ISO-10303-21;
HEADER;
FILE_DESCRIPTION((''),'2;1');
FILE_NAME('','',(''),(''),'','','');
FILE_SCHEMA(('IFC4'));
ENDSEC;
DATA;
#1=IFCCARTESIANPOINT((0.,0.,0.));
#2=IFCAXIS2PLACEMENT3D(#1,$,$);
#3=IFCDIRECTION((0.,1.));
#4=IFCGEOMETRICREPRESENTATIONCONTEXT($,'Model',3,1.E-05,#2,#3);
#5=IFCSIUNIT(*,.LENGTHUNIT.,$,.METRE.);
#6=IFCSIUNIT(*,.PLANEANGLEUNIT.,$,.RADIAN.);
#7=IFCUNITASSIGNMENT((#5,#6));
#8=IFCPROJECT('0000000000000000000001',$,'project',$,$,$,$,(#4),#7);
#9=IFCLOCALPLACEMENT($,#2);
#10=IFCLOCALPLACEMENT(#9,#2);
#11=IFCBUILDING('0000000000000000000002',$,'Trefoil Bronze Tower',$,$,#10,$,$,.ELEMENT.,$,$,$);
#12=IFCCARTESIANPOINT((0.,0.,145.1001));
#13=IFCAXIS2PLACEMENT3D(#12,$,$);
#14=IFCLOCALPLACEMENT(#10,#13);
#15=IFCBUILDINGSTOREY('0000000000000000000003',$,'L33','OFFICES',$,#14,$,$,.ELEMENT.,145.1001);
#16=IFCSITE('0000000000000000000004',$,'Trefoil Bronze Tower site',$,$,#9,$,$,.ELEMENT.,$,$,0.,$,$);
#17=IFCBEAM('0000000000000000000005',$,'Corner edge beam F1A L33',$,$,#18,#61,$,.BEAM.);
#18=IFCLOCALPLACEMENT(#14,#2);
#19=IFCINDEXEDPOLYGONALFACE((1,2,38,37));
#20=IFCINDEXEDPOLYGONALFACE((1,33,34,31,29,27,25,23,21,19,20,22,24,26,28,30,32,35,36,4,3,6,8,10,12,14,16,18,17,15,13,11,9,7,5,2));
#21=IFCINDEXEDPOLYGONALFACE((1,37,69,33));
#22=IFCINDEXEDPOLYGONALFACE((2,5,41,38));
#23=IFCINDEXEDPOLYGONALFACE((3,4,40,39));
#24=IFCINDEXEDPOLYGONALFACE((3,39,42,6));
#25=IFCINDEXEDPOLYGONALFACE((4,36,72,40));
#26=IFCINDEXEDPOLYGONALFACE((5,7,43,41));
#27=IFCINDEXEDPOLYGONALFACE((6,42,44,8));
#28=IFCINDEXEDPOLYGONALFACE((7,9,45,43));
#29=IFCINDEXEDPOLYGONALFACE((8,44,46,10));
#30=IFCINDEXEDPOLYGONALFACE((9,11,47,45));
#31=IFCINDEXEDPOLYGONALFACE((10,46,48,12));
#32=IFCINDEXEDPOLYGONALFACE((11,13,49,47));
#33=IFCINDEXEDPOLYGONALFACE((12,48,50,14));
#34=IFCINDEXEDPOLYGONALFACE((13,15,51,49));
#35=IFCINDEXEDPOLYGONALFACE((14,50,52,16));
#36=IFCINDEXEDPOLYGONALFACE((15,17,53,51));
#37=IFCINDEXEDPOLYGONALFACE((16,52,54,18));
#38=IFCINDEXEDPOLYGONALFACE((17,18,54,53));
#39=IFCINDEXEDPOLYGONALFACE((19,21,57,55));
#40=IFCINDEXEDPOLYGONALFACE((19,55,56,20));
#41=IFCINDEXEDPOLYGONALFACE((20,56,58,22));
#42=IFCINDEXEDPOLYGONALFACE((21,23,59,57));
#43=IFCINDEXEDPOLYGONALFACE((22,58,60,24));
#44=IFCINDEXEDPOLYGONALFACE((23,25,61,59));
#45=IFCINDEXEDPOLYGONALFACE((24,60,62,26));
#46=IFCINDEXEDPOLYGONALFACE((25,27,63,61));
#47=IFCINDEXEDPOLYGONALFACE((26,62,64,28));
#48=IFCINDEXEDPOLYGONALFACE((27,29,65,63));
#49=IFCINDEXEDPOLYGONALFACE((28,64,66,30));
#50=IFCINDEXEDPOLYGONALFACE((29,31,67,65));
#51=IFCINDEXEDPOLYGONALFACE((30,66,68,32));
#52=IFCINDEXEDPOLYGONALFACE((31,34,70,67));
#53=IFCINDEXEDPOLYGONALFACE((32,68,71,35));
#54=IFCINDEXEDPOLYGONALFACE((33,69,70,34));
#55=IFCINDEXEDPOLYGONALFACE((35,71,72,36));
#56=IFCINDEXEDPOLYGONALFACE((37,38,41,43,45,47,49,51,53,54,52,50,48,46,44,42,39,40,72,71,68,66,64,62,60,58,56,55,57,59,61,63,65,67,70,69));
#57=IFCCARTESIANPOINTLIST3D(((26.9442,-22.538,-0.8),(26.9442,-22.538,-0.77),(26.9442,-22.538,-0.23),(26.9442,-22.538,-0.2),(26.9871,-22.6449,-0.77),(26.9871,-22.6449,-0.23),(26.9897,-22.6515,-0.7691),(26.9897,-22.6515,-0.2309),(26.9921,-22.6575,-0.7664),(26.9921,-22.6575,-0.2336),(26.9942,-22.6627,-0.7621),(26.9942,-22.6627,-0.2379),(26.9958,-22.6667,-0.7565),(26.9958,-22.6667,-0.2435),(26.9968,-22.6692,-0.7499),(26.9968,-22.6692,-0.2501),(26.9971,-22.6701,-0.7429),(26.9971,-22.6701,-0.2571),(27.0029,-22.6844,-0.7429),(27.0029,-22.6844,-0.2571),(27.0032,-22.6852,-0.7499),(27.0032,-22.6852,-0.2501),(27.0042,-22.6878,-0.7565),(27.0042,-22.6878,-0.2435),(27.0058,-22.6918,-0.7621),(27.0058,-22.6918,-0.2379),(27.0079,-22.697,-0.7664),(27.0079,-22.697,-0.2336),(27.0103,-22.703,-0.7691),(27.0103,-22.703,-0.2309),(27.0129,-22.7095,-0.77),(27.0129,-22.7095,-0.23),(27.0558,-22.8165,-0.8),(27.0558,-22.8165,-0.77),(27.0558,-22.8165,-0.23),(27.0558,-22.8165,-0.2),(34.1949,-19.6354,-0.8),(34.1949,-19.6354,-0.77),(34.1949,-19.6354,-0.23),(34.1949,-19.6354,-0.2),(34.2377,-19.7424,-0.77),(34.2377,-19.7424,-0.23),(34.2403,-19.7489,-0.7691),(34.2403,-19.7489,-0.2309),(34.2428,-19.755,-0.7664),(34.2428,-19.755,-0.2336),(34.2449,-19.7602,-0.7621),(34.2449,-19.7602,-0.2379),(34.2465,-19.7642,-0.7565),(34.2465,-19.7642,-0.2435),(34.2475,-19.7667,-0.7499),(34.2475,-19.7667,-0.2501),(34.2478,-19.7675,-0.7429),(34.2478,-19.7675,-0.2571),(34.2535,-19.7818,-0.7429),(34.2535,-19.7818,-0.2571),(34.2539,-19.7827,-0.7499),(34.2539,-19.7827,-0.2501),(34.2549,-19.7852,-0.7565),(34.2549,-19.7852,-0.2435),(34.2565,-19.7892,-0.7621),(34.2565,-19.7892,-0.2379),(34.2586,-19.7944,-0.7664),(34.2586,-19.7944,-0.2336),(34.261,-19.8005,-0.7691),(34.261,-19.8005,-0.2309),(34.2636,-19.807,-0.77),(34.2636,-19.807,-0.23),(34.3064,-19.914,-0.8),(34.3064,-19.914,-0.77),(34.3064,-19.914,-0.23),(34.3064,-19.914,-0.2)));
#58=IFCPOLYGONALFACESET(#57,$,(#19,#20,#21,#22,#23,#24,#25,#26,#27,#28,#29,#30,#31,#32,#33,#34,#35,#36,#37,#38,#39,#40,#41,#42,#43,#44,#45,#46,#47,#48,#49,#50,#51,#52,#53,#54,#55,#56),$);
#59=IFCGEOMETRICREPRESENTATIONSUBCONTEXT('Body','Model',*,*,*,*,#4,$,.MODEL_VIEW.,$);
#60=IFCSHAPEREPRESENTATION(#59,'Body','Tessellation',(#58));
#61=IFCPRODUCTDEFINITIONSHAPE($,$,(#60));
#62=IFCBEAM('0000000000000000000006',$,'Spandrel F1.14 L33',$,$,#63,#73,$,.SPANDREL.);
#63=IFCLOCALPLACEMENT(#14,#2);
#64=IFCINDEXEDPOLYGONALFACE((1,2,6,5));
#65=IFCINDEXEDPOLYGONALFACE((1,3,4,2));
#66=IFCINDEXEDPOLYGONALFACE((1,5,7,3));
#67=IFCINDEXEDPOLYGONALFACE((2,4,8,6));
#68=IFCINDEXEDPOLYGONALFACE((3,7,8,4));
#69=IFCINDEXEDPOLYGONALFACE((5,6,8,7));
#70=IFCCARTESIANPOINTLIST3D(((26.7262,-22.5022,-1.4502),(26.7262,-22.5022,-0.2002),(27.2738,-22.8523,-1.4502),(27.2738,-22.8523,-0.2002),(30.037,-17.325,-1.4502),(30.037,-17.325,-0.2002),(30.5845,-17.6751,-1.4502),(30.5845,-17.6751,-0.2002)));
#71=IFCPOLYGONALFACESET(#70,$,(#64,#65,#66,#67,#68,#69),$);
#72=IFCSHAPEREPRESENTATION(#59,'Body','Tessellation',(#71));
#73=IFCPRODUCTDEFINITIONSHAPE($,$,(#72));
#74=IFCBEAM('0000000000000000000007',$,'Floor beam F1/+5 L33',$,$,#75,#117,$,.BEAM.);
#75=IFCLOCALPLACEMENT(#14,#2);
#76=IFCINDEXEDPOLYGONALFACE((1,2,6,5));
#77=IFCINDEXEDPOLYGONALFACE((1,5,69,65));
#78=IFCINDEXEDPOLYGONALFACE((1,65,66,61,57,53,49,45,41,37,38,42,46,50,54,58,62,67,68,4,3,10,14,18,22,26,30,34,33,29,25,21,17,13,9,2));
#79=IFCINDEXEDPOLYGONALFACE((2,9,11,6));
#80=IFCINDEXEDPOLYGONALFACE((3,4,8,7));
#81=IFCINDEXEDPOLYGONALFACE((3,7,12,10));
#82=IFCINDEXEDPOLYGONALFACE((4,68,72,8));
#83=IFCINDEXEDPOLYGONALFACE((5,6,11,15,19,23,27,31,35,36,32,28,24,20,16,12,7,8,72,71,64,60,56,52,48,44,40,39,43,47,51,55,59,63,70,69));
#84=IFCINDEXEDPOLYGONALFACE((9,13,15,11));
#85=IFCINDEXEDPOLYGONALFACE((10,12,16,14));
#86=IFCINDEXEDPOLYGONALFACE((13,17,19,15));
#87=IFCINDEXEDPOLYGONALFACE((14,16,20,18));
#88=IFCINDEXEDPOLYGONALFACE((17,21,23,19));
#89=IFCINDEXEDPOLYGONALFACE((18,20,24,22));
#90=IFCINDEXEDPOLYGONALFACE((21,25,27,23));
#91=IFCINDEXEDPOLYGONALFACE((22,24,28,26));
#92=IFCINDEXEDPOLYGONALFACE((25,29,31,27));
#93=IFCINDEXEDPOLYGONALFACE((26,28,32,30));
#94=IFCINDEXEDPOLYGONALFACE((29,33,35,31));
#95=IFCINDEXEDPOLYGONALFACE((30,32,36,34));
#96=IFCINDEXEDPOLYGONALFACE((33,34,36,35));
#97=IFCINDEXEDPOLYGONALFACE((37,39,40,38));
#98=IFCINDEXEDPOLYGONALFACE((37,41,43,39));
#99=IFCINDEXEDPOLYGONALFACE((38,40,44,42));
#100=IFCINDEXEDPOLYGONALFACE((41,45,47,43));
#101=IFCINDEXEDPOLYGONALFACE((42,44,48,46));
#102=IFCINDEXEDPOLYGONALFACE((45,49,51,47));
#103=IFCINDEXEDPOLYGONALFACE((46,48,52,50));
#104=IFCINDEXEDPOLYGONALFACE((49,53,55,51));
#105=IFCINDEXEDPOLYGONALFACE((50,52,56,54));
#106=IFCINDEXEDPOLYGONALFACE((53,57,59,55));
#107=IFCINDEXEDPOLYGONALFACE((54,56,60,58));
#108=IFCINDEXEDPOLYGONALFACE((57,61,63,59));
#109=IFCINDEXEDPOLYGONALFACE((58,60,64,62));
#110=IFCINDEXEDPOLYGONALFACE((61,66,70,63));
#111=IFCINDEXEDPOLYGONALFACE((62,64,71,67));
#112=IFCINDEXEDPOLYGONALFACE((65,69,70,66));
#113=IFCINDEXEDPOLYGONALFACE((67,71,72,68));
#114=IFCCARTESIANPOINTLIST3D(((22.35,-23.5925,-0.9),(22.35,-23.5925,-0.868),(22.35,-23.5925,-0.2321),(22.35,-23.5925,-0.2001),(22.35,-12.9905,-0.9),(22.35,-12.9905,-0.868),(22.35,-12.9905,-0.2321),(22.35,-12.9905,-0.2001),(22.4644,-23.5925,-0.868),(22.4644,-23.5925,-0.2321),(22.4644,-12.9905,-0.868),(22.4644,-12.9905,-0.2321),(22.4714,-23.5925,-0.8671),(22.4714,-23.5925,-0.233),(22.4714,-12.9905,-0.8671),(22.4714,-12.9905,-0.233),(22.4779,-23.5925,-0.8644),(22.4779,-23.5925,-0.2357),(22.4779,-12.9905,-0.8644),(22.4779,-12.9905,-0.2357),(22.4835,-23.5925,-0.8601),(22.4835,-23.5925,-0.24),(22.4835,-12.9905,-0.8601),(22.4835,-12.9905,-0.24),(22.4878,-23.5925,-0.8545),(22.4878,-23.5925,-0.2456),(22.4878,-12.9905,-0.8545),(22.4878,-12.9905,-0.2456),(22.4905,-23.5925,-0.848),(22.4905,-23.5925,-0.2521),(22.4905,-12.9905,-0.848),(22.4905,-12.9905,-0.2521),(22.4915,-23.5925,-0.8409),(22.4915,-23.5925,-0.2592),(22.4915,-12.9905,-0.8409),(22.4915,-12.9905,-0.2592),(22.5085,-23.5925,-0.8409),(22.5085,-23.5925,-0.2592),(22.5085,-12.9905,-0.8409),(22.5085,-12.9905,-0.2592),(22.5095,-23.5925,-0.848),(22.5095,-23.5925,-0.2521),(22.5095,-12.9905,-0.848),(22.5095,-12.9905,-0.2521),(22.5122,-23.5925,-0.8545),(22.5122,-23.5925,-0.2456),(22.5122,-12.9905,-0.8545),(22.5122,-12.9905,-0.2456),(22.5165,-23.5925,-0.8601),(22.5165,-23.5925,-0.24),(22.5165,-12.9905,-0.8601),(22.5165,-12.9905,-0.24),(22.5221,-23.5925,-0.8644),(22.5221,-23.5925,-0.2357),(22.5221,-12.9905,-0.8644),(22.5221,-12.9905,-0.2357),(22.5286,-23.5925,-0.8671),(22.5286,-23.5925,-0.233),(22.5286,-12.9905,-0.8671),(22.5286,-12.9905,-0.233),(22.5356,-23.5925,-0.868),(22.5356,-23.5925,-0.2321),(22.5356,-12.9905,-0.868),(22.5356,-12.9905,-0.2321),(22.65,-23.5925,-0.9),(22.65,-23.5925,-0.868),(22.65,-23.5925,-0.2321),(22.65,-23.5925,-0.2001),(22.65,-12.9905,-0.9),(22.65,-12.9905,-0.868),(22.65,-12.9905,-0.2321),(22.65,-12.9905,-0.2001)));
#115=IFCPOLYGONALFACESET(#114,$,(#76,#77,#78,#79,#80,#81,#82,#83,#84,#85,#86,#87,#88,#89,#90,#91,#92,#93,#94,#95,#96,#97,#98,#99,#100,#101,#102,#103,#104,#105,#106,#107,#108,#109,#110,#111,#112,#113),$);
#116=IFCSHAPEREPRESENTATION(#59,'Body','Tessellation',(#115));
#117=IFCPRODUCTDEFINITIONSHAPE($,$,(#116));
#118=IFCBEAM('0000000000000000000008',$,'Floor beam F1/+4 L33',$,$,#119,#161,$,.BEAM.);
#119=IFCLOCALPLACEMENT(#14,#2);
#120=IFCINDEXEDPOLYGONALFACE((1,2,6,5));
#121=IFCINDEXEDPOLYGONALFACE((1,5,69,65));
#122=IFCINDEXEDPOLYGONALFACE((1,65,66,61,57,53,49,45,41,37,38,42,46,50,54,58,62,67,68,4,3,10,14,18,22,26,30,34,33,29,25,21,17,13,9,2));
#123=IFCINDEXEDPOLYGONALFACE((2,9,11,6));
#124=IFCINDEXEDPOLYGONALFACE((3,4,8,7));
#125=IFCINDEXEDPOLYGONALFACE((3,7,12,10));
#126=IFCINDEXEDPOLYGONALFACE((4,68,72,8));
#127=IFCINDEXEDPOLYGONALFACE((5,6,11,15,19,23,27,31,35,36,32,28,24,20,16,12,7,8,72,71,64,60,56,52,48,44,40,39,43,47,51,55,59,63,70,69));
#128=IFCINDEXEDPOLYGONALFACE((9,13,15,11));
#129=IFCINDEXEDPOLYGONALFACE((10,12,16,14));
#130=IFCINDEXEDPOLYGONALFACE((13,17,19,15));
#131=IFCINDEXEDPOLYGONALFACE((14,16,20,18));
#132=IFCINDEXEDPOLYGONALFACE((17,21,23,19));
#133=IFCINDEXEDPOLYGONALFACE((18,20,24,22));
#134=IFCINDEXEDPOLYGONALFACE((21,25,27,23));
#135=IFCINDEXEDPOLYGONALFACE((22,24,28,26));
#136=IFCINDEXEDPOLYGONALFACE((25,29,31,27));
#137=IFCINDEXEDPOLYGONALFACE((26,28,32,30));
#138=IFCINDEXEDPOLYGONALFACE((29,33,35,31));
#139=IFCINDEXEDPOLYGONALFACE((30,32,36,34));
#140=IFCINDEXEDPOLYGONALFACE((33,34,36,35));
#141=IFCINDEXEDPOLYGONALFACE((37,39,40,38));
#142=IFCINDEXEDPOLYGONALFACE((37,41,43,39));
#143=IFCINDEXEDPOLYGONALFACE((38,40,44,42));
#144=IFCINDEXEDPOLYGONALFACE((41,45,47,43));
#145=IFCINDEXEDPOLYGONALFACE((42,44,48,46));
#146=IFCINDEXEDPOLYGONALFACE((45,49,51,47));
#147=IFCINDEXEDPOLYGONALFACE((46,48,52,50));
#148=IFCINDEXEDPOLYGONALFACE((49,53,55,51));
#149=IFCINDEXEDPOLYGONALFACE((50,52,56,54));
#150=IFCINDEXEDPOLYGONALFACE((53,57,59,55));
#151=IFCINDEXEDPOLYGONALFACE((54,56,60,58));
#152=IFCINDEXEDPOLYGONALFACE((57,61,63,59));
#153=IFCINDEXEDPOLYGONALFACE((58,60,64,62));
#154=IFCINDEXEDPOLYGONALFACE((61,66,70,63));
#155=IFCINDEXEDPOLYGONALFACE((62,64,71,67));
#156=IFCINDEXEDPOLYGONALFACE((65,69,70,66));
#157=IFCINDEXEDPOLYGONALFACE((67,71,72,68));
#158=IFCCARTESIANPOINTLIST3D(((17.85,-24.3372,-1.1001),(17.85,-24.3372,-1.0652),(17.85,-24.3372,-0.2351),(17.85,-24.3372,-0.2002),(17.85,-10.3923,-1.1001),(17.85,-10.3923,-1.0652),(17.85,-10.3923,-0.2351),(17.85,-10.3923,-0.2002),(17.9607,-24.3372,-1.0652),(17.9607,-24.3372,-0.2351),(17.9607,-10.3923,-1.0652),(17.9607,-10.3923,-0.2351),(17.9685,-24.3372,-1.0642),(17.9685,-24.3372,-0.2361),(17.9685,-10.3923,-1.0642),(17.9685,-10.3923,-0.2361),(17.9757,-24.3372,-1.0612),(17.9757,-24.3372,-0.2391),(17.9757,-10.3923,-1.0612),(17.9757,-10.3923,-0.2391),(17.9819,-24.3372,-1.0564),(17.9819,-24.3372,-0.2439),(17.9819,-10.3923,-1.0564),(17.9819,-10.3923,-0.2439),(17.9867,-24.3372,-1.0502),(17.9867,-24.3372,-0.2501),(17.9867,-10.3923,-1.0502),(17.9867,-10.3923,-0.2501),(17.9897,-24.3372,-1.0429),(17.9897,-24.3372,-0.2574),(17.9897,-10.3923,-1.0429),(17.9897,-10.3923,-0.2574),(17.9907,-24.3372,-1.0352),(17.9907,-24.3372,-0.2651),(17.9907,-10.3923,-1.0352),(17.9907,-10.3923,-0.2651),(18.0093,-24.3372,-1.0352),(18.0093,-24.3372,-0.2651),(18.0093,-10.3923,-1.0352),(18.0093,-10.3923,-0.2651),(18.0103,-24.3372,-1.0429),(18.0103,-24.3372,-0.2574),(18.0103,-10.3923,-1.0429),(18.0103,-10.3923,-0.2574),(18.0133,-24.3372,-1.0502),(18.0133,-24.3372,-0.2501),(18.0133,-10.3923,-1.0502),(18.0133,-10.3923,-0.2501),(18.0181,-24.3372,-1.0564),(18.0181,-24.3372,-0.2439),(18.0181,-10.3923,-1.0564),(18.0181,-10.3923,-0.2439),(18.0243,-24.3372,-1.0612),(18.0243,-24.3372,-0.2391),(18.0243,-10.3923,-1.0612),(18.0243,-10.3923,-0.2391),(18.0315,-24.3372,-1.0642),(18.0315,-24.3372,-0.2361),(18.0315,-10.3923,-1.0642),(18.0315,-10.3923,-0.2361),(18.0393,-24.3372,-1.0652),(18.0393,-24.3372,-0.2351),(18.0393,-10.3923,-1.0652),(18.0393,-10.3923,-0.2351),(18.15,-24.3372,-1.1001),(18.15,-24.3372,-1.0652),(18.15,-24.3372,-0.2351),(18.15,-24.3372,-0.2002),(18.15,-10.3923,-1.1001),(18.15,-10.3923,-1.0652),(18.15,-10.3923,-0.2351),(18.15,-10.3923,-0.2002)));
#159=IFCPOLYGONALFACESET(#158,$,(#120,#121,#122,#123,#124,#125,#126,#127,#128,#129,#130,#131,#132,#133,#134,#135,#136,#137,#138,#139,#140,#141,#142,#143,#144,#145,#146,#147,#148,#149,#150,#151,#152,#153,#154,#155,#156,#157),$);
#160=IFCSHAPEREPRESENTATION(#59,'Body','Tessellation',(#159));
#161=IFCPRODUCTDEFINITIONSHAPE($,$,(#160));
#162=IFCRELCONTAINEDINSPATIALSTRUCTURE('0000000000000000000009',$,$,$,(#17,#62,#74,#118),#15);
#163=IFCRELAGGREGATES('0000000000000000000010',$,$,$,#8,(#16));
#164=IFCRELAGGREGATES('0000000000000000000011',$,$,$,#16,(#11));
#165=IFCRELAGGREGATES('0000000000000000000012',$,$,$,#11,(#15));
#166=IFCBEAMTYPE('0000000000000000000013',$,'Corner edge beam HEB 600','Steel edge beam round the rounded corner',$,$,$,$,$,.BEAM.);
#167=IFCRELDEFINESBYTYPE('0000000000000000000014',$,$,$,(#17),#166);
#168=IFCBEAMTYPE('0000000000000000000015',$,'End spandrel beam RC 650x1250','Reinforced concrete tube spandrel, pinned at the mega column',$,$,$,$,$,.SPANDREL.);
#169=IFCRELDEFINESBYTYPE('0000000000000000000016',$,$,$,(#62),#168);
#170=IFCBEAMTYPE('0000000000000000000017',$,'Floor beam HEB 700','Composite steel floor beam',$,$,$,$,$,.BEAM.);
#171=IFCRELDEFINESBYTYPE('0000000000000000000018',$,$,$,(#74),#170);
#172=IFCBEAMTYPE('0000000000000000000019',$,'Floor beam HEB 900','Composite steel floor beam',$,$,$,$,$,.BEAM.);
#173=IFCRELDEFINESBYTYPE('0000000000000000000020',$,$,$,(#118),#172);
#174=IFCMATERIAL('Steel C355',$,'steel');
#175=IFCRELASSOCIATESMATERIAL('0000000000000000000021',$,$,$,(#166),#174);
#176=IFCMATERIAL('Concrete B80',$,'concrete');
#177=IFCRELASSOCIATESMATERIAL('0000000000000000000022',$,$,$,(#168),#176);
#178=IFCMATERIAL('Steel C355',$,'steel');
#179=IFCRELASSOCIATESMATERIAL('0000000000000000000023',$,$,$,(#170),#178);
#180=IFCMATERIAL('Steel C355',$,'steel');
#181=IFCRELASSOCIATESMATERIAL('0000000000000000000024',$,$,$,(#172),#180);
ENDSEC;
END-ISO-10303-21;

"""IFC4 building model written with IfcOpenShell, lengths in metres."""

from ifc_helpers import new_model, si_unit, direction, frame, origin, origin_2d, place, context, subcontext, project, spatial, rectangle, i_section, extrude, material, material_profile, profile_set, type_object, element, save


model = new_model("IFC4")

# Units and contexts
model_context = context("Model", 3, precision=1e-05, world=origin(), true_north=direction((0.0, 1.0)))
body_context = subcontext(model_context, "Body", "Model", "MODEL_VIEW")
ifc_project = project(units=[si_unit("LENGTHUNIT", "METRE"), si_unit("PLANEANGLEUNIT", "RADIAN")], contexts=[model_context])

# Site, building, storey
site_placement = place(None, origin())
site = spatial("IfcSite", under=ifc_project, at=site_placement, Name="Trefoil Bronze Tower site", CompositionType="ELEMENT", RefElevation=0.0)
building_placement = place(site_placement, origin())
building = spatial("IfcBuilding", under=site, at=building_placement, Name="Trefoil Bronze Tower", CompositionType="ELEMENT")
storey_placement = place(building_placement, frame((0.0, 0.0, 145.1001)))
storey = spatial("IfcBuildingStorey", under=building, at=storey_placement, Name="L33", Description="OFFICES", CompositionType="ELEMENT", Elevation=145.1001)

# Beams
ifc_material_1 = material(Name="Steel C355", Category="steel")
ifc_material_profile_1 = material_profile(ifc_material_1, i_section(OverallWidth=0.3, OverallDepth=0.6001, WebThickness=0.0154, FlangeThickness=0.03, FilletRadius=0.0271, at=origin_2d()), Name="HEB 600")
ifc_profile_set_1 = profile_set([ifc_material_profile_1], Name="Steel C355")
beam_type_1 = type_object("IfcBeamType", Name="Corner edge beam HEB 600", Description="Steel edge beam round the rounded corner", PredefinedType="BEAM", material=ifc_profile_set_1)
beam_1_placement = place(storey_placement, frame((27.0, -22.6772, -0.5), z_axis=(0.928375, 0.371644, 0.0), x_axis=(-0.371644, 0.928375, 0.0)))
element("IfcBeam", 1, at=beam_1_placement, inside=storey, type_object=beam_type_1, Name="Corner edge beam F1A L33", PredefinedType="BEAM", context=body_context, shape_type="SweptSolid", body=[
    extrude(i_section(OverallWidth=0.3, OverallDepth=0.6001, WebThickness=0.0154, FlangeThickness=0.03, FilletRadius=0.0271, at=origin_2d()), origin(), (0.0, 0.0, 1.0), 7.8101),
])
ifc_material_2 = material(Name="Concrete B80", Category="concrete")
ifc_material_profile_2 = material_profile(ifc_material_2, rectangle(XDim=0.6499, YDim=1.25, at=origin_2d()), Name="RC 650x1250")
ifc_profile_set_2 = profile_set([ifc_material_profile_2], Name="Concrete B80")
beam_type_2 = type_object("IfcBeamType", Name="End spandrel beam RC 650x1250", Description="Reinforced concrete tube spandrel, pinned at the mega column", PredefinedType="SPANDREL", material=ifc_profile_set_2)
beam_2_placement = place(storey_placement, frame((27.0, -22.6772, -0.8252), z_axis=(0.538748, 0.842467, 0.0), x_axis=(-0.842467, 0.538748, 0.0)))
element("IfcBeam", 2, at=beam_2_placement, inside=storey, type_object=beam_type_2, Name="Spandrel F1.14 L33", PredefinedType="SPANDREL", context=body_context, shape_type="SweptSolid", body=[
    extrude(rectangle(XDim=0.6499, YDim=1.25, at=origin_2d()), origin(), (0.0, 0.0, 1.0), 6.1453),
])
ifc_material_3 = material(Name="Steel C355", Category="steel")
ifc_material_profile_3 = material_profile(ifc_material_3, i_section(OverallWidth=0.3, OverallDepth=0.7, WebThickness=0.0171, FlangeThickness=0.032, FilletRadius=0.0271, at=origin_2d()), Name="HEB 700")
ifc_profile_set_3 = profile_set([ifc_material_profile_3], Name="Steel C355")
beam_type_3 = type_object("IfcBeamType", Name="Floor beam HEB 700", Description="Composite steel floor beam", PredefinedType="BEAM", material=ifc_profile_set_3)
beam_3_placement = place(storey_placement, frame((22.5, -23.5925, -0.55), z_axis=(0.0, 1.0, 0.0), x_axis=(-1.0, 0.0, 0.0)))
element("IfcBeam", 3, at=beam_3_placement, inside=storey, type_object=beam_type_3, Name="Floor beam F1/+5 L33", PredefinedType="BEAM", context=body_context, shape_type="SweptSolid", body=[
    extrude(i_section(OverallWidth=0.3, OverallDepth=0.7, WebThickness=0.0171, FlangeThickness=0.032, FilletRadius=0.0271, at=origin_2d()), origin(), (0.0, 0.0, 1.0), 10.6021),
])
ifc_material_4 = material(Name="Steel C355", Category="steel")
ifc_material_profile_4 = material_profile(ifc_material_4, i_section(OverallWidth=0.3, OverallDepth=0.8999, WebThickness=0.0186, FlangeThickness=0.0349, FilletRadius=0.03, at=origin_2d()), Name="HEB 900")
ifc_profile_set_4 = profile_set([ifc_material_profile_4], Name="Steel C355")
beam_type_4 = type_object("IfcBeamType", Name="Floor beam HEB 900", Description="Composite steel floor beam", PredefinedType="BEAM", material=ifc_profile_set_4)
beam_4_placement = place(storey_placement, frame((18.0, -24.3372, -0.6501), z_axis=(0.0, 1.0, 0.0), x_axis=(-1.0, 0.0, 0.0)))
element("IfcBeam", 4, at=beam_4_placement, inside=storey, type_object=beam_type_4, Name="Floor beam F1/+4 L33", PredefinedType="BEAM", context=body_context, shape_type="SweptSolid", body=[
    extrude(i_section(OverallWidth=0.3, OverallDepth=0.8999, WebThickness=0.0186, FlangeThickness=0.0349, FilletRadius=0.03, at=origin_2d()), origin(), (0.0, 0.0, 1.0), 13.9448),
])

save(model, "model.ifc")
